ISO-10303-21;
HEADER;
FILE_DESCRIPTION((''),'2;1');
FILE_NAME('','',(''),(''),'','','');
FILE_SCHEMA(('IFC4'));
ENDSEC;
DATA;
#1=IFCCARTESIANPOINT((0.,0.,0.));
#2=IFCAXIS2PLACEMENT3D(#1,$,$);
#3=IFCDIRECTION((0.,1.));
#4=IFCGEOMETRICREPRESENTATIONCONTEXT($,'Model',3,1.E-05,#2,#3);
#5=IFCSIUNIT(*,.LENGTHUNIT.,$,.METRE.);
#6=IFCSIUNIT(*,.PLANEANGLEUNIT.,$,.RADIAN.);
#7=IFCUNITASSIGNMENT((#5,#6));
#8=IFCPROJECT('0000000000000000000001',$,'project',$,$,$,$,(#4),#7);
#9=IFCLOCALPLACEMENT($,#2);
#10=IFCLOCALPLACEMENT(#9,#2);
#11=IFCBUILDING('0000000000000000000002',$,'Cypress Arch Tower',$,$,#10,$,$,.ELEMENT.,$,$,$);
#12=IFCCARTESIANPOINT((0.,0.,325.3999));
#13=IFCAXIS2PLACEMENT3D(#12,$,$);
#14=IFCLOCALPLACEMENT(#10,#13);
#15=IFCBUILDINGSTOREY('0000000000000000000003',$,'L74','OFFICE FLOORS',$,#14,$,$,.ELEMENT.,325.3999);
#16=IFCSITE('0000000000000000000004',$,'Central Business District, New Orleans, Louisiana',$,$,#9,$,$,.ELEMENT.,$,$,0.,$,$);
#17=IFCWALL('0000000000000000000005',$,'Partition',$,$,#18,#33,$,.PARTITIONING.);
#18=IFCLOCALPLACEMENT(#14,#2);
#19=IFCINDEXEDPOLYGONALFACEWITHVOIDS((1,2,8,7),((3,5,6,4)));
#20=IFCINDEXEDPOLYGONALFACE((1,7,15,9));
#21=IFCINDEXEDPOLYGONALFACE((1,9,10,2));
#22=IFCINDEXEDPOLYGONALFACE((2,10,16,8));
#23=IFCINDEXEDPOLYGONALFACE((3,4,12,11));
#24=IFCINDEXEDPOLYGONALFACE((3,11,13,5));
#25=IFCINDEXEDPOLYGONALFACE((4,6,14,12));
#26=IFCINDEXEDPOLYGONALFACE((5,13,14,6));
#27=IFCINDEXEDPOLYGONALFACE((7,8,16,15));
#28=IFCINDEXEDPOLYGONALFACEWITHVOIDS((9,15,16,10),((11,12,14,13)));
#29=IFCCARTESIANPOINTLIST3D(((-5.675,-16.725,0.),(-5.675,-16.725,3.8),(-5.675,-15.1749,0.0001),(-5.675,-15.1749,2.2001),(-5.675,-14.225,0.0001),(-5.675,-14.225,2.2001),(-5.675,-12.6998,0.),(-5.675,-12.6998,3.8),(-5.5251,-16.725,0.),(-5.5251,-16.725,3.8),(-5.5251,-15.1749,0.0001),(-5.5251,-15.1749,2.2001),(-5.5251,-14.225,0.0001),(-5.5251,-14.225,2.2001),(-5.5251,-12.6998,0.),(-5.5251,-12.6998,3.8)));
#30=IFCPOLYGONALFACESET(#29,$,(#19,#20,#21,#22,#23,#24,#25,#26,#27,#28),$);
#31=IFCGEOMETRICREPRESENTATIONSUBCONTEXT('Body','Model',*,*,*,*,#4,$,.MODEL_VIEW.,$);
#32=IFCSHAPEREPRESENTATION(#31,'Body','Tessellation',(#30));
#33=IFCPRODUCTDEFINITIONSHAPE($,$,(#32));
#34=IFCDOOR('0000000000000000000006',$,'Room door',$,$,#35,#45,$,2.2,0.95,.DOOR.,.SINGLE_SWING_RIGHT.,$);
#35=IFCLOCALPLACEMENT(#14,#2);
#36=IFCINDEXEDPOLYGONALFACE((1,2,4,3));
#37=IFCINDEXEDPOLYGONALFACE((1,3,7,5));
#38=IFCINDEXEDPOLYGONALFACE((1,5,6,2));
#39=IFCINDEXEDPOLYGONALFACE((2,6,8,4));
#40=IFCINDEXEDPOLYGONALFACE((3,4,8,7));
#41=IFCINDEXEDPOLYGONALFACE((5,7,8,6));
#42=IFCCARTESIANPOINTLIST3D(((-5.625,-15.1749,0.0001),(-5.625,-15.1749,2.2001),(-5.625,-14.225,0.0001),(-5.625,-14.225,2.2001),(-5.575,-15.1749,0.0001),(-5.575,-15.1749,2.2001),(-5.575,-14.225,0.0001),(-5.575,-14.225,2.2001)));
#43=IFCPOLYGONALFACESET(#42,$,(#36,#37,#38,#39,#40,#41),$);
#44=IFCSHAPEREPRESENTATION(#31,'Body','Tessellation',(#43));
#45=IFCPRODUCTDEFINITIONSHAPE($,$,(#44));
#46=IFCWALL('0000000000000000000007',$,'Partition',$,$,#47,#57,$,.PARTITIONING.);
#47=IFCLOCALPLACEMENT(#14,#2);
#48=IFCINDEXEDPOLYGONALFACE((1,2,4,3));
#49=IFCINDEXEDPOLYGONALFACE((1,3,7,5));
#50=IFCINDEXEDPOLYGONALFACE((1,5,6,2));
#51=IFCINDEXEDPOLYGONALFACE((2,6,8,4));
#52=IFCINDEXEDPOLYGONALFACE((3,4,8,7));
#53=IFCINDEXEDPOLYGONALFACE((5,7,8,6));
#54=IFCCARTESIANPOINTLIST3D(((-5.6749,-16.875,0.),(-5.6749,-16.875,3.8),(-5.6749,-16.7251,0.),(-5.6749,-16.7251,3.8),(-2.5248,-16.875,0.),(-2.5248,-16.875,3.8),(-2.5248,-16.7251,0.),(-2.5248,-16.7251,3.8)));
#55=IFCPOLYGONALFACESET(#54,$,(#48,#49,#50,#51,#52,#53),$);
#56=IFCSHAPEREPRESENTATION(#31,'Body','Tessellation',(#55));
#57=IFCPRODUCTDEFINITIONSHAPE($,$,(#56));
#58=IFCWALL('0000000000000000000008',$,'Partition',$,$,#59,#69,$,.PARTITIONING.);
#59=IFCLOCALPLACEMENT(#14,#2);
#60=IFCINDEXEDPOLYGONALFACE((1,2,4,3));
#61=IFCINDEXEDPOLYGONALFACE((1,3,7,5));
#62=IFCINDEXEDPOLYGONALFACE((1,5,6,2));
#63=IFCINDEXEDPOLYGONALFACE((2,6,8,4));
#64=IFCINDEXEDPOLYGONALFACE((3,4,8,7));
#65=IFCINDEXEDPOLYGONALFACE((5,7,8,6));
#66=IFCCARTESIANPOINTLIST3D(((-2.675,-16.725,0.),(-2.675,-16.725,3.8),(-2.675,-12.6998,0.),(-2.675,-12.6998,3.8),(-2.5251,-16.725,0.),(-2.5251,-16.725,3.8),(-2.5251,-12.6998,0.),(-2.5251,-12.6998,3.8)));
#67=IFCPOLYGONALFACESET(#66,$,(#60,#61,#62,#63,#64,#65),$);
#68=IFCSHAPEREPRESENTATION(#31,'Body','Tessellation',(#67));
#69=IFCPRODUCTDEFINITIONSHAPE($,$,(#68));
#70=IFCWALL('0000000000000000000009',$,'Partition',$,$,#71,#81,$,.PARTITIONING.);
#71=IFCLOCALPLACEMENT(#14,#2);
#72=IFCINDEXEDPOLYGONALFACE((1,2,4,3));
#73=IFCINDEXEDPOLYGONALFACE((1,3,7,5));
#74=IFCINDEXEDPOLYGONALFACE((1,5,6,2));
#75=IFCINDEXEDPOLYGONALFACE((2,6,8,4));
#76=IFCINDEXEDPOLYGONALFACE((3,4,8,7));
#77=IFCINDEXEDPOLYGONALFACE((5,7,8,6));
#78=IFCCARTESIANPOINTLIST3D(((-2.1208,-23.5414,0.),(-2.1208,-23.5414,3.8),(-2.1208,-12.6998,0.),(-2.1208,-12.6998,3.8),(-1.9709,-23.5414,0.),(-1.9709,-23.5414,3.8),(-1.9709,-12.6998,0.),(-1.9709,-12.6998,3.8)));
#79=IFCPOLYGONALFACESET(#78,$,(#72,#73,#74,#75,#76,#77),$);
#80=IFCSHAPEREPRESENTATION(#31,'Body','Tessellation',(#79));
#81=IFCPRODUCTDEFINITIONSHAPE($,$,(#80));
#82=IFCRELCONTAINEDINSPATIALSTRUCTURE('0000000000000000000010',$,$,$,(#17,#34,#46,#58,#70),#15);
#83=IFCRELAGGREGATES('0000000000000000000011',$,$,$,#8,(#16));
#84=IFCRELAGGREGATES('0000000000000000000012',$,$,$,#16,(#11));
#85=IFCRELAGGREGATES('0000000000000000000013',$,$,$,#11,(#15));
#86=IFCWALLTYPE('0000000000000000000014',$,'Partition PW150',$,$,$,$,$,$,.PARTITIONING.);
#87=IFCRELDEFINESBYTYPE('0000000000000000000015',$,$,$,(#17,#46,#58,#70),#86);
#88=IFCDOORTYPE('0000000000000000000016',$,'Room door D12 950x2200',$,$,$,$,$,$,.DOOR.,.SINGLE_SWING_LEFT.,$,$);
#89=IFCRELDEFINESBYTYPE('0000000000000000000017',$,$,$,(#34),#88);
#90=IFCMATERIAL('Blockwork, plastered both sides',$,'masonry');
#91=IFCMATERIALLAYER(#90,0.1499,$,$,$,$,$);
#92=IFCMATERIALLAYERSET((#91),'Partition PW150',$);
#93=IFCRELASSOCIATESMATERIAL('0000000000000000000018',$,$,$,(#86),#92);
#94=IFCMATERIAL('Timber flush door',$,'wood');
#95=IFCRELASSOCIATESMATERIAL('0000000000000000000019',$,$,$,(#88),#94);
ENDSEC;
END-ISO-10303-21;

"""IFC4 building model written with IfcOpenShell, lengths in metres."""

from ifc_helpers import new_model, si_unit, direction, frame, frame_2d, origin, place, context, subcontext, project, spatial, rectangle, extrude, material, layer, layer_set, type_object, element, fill, save


model = new_model("IFC4")

# Units and contexts
model_context = context("Model", 3, precision=1e-05, world=origin(), true_north=direction((0.0, 1.0)))
body_context = subcontext(model_context, "Body", "Model", "MODEL_VIEW")
ifc_project = project(units=[si_unit("LENGTHUNIT", "METRE"), si_unit("PLANEANGLEUNIT", "RADIAN")], contexts=[model_context])

# Site, building, storey
site_placement = place(None, origin())
site = spatial("IfcSite", under=ifc_project, at=site_placement, Name="Central Business District, New Orleans, Louisiana", CompositionType="ELEMENT", RefElevation=0.0)
building_placement = place(site_placement, origin())
building = spatial("IfcBuilding", under=site, at=building_placement, Name="Cypress Arch Tower", CompositionType="ELEMENT")
storey_placement = place(building_placement, frame((0.0, 0.0, 325.3999)))
storey = spatial("IfcBuildingStorey", under=building, at=storey_placement, Name="L74", Description="OFFICE FLOORS", CompositionType="ELEMENT", Elevation=325.3999)

# Shared definitions
ifc_material_1 = material(Name="Blockwork, plastered both sides", Category="masonry")
ifc_layer_1 = layer(ifc_material_1, 0.1499)
ifc_layer_set_1 = layer_set([ifc_layer_1], Name="Partition PW150")
wall_type_1 = type_object("IfcWallType", Name="Partition PW150", PredefinedType="PARTITIONING", material=ifc_layer_set_1)

# Wall, opening, door
wall_1_placement = place(storey_placement, frame((-5.6001, -16.7251, 0.0), z_axis=(0.0, 0.0, 1.0), x_axis=(0.0, 1.0, 0.0)))
wall_1 = element("IfcWall", 1, at=wall_1_placement, inside=storey, type_object=wall_type_1, Name="Partition", PredefinedType="PARTITIONING", context=body_context, shape_type="SweptSolid", body=[
    extrude(rectangle(XDim=4.0251, YDim=0.1499, at=frame_2d((2.0127, 0.0))), origin(), (0.0, 0.0, 1.0), 3.8),
])
opening_1_placement = place(wall_1_placement, frame((1.55, 0.0, 0.0)))
opening_1 = element("IfcOpeningElement", 2, at=opening_1_placement, cuts=wall_1, PredefinedType="OPENING", context=body_context, shape_type="SweptSolid", body=[
    extrude(rectangle(XDim=0.95, YDim=2.2, at=frame_2d((0.4751, 1.1001))), frame((0.0, 0.085, 0.0), z_axis=(0.0, -1.0, 0.0), x_axis=(1.0, 0.0, 0.0)), (0.0, 0.0, 1.0), 0.1699),
])
ifc_material_2 = material(Name="Timber flush door", Category="wood")
door_type = type_object("IfcDoorType", Name="Room door D12 950x2200", OperationType="SINGLE_SWING_LEFT", PredefinedType="DOOR", material=ifc_material_2)
door_placement = place(opening_1_placement, origin())
door = element("IfcDoor", 3, at=door_placement, inside=storey, type_object=door_type, Name="Room door", OperationType="SINGLE_SWING_RIGHT", OverallHeight=2.2, OverallWidth=0.95, PredefinedType="DOOR", context=body_context, shape_type="SweptSolid", body=[
    extrude(rectangle(XDim=0.95, YDim=2.2, at=frame_2d((0.4751, 1.1001))), frame((0.0, 0.0249, 0.0), z_axis=(0.0, -1.0, 0.0), x_axis=(1.0, 0.0, 0.0)), (0.0, 0.0, 1.0), 0.05),
])
fill(opening_1, door)

# Walls
wall_2_placement = place(storey_placement, frame((-5.675, -16.8, 0.0), z_axis=(0.0, 0.0, 1.0), x_axis=(1.0, 0.0, 0.0)))
element("IfcWall", 4, at=wall_2_placement, inside=storey, type_object=wall_type_1, Name="Partition", PredefinedType="PARTITIONING", context=body_context, shape_type="SweptSolid", body=[
    extrude(rectangle(XDim=3.1501, YDim=0.1499, at=frame_2d((1.5752, 0.0))), origin(), (0.0, 0.0, 1.0), 3.8),
])
wall_3_placement = place(storey_placement, frame((-2.6001, -16.7251, 0.0), z_axis=(0.0, 0.0, 1.0), x_axis=(0.0, 1.0, 0.0)))
element("IfcWall", 5, at=wall_3_placement, inside=storey, type_object=wall_type_1, Name="Partition", PredefinedType="PARTITIONING", context=body_context, shape_type="SweptSolid", body=[
    extrude(rectangle(XDim=4.0251, YDim=0.1499, at=frame_2d((2.0127, 0.0))), origin(), (0.0, 0.0, 1.0), 3.8),
])
wall_4_placement = place(storey_placement, frame((-2.0459, -23.5415, 0.0), z_axis=(0.0, 0.0, 1.0), x_axis=(0.0, 1.0, 0.0)))
element("IfcWall", 6, at=wall_4_placement, inside=storey, type_object=wall_type_1, Name="Partition", PredefinedType="PARTITIONING", context=body_context, shape_type="SweptSolid", body=[
    extrude(rectangle(XDim=10.8416, YDim=0.1499, at=frame_2d((5.4209, 0.0))), origin(), (0.0, 0.0, 1.0), 3.8),
])

save(model, "model.ifc")
